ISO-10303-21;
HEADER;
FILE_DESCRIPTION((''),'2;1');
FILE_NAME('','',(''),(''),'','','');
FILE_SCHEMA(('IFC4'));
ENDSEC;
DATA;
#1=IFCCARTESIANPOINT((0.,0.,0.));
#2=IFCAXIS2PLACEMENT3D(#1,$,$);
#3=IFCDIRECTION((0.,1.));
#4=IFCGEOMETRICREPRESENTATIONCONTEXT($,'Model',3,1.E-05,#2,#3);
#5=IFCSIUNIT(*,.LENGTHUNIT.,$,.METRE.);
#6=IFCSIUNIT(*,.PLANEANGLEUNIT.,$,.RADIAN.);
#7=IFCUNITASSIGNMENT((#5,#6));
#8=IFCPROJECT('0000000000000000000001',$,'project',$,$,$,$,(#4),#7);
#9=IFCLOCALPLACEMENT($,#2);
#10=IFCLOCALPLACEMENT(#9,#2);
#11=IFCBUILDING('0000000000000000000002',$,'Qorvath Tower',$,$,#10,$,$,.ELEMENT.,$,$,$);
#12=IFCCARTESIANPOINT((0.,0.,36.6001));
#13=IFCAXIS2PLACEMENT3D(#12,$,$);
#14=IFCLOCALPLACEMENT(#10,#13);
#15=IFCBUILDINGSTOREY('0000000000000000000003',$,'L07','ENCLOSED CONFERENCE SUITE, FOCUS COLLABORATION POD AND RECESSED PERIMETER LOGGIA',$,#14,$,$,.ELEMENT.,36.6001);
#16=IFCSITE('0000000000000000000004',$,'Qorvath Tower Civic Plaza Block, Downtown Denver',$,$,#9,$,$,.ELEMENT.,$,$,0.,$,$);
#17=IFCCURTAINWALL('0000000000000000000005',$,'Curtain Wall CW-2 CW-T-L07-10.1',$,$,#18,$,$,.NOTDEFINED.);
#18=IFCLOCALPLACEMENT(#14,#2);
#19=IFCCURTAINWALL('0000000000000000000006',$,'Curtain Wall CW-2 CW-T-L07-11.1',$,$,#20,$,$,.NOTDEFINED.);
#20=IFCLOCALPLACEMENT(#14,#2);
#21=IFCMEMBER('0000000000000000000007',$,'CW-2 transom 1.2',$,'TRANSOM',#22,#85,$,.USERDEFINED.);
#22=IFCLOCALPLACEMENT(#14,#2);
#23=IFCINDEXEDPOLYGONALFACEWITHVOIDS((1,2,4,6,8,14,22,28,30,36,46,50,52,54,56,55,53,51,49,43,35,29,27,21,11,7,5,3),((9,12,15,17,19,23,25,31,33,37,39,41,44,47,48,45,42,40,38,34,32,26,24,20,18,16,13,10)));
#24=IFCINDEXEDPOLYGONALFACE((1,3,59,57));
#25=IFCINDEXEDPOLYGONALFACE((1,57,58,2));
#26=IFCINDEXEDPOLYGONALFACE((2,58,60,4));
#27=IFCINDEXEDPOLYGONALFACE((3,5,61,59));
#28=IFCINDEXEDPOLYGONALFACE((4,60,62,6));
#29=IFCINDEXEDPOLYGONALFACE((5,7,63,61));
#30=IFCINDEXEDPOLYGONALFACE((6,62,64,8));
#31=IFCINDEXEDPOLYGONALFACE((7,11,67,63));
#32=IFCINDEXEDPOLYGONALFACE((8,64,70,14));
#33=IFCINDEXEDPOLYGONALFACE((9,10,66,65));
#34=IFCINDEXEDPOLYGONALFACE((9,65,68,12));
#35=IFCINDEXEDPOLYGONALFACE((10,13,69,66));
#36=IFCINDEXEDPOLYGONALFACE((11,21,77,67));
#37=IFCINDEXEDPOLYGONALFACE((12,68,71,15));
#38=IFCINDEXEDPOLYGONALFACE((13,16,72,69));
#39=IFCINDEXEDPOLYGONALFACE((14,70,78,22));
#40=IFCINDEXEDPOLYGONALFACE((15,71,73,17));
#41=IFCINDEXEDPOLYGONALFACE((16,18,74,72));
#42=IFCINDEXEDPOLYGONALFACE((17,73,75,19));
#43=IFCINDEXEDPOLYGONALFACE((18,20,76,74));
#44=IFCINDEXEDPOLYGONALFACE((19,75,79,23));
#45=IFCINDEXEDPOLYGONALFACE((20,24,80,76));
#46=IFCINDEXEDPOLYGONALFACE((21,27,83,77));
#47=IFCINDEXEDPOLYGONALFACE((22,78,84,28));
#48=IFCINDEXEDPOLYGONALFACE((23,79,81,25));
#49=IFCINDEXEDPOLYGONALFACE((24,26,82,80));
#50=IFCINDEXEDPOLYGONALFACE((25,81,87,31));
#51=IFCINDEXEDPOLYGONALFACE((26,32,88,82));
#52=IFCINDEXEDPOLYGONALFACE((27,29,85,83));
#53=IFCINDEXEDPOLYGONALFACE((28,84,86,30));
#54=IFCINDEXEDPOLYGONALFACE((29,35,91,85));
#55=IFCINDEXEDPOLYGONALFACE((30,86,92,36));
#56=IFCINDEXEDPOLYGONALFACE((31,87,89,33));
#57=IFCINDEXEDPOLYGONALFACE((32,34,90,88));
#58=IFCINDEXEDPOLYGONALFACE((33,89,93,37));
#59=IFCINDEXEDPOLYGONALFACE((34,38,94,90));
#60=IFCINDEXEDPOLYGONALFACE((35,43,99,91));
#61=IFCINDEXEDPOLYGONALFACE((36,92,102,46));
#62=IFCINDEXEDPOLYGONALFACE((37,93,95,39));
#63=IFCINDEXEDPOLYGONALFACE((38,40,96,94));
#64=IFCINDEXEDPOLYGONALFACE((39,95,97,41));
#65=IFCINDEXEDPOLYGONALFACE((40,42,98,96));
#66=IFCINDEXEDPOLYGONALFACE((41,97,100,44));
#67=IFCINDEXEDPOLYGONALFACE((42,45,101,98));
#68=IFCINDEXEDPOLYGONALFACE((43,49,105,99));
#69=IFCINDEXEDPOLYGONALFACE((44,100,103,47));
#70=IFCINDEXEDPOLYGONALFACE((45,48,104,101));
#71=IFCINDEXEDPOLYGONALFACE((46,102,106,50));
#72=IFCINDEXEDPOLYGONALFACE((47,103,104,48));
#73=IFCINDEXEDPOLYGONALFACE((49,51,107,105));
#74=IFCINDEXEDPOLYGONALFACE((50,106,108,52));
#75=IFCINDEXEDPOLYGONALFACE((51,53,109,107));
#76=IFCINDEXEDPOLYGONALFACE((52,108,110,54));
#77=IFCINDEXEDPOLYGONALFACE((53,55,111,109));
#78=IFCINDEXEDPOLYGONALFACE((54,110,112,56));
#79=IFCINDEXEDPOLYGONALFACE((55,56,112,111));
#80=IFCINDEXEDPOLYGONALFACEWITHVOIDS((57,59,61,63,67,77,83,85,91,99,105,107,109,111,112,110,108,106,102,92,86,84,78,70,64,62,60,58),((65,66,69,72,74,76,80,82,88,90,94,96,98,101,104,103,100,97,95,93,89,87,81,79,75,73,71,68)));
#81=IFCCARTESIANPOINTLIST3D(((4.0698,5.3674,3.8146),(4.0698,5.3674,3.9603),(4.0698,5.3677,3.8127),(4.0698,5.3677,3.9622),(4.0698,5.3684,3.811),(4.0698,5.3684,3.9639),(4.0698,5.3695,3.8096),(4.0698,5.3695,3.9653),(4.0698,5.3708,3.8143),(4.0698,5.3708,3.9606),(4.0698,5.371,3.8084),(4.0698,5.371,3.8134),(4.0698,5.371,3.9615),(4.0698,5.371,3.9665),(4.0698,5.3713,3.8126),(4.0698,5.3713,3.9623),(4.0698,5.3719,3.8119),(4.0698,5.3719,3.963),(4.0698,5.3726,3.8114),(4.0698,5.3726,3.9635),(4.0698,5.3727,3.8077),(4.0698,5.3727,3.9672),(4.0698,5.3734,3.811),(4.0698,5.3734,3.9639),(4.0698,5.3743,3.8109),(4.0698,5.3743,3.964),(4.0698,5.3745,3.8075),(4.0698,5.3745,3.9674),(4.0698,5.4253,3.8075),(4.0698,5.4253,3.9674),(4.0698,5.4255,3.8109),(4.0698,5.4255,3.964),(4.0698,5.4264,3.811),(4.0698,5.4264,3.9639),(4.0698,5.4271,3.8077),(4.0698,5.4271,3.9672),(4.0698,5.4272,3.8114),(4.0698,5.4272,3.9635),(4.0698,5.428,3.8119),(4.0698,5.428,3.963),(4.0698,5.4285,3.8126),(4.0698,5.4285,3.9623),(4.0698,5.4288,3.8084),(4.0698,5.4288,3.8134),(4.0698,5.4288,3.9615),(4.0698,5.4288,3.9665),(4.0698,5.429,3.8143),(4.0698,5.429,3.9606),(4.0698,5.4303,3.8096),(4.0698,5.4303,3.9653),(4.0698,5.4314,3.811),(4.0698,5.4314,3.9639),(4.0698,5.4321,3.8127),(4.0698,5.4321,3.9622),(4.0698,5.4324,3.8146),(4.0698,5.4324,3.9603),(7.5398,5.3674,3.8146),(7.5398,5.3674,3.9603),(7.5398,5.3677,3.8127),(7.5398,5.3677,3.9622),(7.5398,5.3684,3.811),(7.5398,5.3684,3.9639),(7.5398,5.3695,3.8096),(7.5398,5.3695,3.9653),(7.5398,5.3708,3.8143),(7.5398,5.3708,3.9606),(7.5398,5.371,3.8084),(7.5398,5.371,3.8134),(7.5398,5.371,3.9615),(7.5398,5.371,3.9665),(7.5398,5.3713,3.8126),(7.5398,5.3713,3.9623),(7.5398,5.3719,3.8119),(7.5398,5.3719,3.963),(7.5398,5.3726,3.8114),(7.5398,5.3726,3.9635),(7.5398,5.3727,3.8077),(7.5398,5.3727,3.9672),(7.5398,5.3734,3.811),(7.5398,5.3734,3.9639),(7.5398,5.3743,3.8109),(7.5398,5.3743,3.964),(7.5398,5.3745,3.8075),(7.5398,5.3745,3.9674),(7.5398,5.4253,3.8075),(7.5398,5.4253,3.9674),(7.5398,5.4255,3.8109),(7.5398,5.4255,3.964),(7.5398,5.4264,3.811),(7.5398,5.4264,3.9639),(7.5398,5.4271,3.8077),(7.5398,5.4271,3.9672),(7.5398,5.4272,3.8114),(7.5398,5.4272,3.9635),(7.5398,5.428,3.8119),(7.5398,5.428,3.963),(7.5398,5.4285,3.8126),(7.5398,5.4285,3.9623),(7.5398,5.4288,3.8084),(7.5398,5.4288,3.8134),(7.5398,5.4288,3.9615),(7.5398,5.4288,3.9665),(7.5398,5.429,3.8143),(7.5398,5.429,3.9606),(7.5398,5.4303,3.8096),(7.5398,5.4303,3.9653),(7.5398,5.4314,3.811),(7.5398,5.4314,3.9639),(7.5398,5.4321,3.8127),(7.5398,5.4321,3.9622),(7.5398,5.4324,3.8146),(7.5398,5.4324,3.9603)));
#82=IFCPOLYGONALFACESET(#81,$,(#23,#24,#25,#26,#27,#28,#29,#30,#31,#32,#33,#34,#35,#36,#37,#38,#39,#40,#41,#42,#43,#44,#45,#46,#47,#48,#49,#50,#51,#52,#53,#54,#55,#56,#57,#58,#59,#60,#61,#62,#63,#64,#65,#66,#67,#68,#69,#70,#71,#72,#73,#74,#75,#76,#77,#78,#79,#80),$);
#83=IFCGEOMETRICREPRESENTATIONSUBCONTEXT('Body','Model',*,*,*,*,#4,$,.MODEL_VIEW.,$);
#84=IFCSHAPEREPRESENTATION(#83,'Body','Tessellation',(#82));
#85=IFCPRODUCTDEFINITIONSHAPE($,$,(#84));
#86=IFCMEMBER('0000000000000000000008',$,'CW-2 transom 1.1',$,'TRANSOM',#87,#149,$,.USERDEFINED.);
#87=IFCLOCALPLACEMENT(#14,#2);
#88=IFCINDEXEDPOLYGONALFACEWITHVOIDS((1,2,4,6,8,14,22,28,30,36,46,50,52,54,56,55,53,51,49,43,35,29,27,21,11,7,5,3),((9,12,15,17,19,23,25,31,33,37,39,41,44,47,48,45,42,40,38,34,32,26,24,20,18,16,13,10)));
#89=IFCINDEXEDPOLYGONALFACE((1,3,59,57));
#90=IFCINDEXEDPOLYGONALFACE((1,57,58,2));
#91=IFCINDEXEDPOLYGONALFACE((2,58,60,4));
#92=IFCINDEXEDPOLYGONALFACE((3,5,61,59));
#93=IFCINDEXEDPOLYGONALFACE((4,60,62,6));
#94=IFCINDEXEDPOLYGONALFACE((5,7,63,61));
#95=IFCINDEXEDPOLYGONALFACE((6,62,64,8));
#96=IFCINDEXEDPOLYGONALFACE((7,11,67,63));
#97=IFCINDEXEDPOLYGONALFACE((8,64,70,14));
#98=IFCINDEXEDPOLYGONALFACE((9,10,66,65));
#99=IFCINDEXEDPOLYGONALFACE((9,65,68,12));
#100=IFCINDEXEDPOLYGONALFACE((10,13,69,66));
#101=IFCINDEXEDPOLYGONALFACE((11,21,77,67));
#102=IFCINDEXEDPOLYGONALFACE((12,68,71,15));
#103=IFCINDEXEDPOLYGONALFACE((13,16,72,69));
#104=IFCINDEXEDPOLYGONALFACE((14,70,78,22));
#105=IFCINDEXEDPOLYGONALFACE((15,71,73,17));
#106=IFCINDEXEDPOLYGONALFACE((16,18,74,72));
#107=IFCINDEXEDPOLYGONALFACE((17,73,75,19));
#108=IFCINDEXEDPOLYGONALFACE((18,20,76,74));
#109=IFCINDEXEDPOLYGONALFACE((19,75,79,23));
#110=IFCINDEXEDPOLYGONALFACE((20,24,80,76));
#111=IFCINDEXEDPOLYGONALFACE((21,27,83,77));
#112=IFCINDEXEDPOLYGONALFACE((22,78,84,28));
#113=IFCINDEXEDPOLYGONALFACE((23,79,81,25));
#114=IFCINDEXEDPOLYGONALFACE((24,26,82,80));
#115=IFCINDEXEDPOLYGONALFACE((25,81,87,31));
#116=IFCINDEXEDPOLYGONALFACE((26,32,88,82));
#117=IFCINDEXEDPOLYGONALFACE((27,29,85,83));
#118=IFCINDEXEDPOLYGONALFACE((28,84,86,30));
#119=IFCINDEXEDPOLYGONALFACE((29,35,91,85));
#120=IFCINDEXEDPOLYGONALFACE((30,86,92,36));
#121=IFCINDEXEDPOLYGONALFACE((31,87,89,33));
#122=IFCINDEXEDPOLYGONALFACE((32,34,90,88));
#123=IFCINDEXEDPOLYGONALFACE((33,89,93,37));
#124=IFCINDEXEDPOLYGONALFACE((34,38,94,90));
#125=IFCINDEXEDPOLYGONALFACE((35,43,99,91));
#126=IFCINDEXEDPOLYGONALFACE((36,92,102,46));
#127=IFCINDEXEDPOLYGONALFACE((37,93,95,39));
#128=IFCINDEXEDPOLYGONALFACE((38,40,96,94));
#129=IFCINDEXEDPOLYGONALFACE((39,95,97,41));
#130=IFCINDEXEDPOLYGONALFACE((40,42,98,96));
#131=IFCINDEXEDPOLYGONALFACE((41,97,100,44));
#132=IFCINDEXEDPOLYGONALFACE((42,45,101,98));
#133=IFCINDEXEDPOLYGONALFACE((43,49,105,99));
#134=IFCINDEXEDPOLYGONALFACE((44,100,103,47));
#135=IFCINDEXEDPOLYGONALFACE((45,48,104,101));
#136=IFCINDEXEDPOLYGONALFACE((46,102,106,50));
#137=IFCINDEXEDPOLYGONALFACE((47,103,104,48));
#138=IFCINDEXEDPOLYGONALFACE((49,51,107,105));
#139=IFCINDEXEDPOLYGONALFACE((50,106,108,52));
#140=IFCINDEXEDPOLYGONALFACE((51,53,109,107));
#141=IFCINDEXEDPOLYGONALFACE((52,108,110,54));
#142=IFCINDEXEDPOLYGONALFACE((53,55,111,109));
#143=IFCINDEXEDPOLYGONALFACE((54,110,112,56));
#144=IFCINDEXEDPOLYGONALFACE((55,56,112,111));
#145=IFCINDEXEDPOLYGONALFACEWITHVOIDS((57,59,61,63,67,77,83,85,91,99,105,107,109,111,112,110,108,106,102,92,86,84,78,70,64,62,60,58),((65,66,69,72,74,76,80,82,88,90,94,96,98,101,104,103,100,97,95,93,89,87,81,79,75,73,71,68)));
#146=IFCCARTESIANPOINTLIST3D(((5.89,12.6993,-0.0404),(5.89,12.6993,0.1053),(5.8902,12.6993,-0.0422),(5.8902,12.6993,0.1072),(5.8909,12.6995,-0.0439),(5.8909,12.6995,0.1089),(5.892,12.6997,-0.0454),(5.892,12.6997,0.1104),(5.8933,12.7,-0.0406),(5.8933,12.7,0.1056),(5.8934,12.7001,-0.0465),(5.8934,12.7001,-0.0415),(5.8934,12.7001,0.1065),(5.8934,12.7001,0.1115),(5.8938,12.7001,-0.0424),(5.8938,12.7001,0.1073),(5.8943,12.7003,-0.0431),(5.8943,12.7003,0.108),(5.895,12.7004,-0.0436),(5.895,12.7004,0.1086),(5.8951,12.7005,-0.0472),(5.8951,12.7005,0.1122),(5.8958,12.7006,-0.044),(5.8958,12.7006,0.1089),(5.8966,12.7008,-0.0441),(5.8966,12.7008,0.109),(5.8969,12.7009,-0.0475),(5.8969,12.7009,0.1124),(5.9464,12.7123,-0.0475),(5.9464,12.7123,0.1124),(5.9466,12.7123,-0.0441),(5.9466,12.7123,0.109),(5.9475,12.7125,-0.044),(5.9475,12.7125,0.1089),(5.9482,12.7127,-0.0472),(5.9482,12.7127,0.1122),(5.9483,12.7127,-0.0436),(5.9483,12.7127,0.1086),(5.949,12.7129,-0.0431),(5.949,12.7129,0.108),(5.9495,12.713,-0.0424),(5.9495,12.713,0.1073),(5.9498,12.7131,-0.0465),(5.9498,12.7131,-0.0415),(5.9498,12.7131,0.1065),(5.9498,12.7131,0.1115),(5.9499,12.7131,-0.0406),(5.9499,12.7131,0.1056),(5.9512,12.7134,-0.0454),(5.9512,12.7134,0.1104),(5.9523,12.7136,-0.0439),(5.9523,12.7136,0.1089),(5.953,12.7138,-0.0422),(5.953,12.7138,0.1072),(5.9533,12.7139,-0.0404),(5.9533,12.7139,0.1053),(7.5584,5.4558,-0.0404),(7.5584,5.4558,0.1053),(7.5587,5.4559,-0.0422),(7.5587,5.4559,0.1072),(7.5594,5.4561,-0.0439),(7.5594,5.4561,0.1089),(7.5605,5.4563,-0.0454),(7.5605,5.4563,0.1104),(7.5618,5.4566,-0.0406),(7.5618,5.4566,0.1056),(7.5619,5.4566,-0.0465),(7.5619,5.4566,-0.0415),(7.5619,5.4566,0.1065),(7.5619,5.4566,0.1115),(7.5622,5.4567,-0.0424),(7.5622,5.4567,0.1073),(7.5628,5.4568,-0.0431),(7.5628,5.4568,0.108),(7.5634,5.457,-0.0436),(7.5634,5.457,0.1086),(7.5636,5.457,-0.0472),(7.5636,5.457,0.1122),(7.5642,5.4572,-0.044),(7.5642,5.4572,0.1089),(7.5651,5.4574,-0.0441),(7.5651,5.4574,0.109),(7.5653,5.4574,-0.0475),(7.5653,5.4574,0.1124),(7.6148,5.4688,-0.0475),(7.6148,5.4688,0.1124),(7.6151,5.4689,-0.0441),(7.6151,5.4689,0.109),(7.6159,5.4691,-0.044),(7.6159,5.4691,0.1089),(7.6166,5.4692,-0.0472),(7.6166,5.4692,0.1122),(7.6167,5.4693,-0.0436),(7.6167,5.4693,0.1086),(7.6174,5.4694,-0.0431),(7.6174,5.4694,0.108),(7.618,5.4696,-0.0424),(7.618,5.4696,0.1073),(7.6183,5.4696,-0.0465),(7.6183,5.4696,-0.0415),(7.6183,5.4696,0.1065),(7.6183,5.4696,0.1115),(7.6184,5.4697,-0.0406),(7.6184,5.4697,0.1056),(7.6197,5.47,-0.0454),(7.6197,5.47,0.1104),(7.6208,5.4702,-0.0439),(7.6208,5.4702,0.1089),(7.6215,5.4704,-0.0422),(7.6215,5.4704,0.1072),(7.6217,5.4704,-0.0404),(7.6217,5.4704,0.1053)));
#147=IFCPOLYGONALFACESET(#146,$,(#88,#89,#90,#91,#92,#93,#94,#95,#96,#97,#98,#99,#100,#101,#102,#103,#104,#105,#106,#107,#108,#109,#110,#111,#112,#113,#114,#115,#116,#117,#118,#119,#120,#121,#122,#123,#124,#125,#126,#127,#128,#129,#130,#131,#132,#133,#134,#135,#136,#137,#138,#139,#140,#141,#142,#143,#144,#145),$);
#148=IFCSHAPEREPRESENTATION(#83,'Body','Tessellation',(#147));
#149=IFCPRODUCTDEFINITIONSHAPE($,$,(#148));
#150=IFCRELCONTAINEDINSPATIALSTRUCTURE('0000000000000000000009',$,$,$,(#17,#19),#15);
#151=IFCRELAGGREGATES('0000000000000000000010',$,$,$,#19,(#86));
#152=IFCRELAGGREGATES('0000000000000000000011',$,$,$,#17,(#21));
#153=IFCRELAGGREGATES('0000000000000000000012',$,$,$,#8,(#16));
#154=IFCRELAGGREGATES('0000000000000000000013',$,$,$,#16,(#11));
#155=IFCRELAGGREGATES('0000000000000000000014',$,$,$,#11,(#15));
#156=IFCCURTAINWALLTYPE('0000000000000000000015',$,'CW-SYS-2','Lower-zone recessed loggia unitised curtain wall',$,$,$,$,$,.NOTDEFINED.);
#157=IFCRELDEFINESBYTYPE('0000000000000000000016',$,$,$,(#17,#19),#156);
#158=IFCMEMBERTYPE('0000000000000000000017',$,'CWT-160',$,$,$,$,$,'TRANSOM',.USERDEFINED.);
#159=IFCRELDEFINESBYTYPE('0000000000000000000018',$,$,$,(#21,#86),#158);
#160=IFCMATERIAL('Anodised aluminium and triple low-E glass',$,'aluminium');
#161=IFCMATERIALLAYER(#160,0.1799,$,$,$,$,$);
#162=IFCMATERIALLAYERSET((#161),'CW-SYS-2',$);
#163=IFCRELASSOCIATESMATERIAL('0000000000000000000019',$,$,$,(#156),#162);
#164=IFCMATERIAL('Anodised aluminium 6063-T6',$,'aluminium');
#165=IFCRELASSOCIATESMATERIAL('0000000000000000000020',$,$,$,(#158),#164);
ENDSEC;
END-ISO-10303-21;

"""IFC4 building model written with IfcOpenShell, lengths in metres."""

from ifc_helpers import new_model, si_unit, direction, frame, origin, origin_2d, place, context, subcontext, project, spatial, hollow_rectangle, extrude, material, layer, layer_set, material_profile, profile_set, type_object, element, aggregate, save


model = new_model("IFC4")

# Units and contexts
model_context = context("Model", 3, precision=1e-05, world=origin(), true_north=direction((0.0, 1.0)))
body_context = subcontext(model_context, "Body", "Model", "MODEL_VIEW")
ifc_project = project(units=[si_unit("LENGTHUNIT", "METRE"), si_unit("PLANEANGLEUNIT", "RADIAN")], contexts=[model_context])

# Site, building, storey
site_placement = place(None, origin())
site = spatial("IfcSite", under=ifc_project, at=site_placement, Name="Qorvath Tower Civic Plaza Block, Downtown Denver", CompositionType="ELEMENT", RefElevation=0.0)
building_placement = place(site_placement, origin())
building = spatial("IfcBuilding", under=site, at=building_placement, Name="Qorvath Tower", CompositionType="ELEMENT")
storey_placement = place(building_placement, frame((0.0, 0.0, 36.6001)))
storey = spatial("IfcBuildingStorey", under=building, at=storey_placement, Name="L07", Description="ENCLOSED CONFERENCE SUITE, FOCUS COLLABORATION POD AND RECESSED PERIMETER LOGGIA", CompositionType="ELEMENT", Elevation=36.6001)

# Curtain wall
ifc_material_1 = material(Name="Anodised aluminium and triple low-E glass", Category="aluminium")
ifc_layer_1 = layer(ifc_material_1, 0.1799)
ifc_layer_set_1 = layer_set([ifc_layer_1], Name="CW-SYS-2")
curtain_wall_type = type_object("IfcCurtainWallType", Name="CW-SYS-2", Description="Lower-zone recessed loggia unitised curtain wall", PredefinedType="NOTDEFINED", material=ifc_layer_set_1)
curtain_wall_1_placement = place(storey_placement, origin())
curtain_wall_1 = element("IfcCurtainWall", 1, at=curtain_wall_1_placement, inside=storey, type_object=curtain_wall_type, Name="Curtain Wall CW-2 CW-T-L07-10.1", PredefinedType="NOTDEFINED")

# Curtain wall
curtain_wall_2_placement = place(storey_placement, origin())
curtain_wall_2 = element("IfcCurtainWall", 2, at=curtain_wall_2_placement, inside=storey, type_object=curtain_wall_type, Name="Curtain Wall CW-2 CW-T-L07-11.1", PredefinedType="NOTDEFINED")

# Members
ifc_material_2 = material(Name="Anodised aluminium 6063-T6", Category="aluminium")
ifc_material_profile_1 = material_profile(ifc_material_2, hollow_rectangle(XDim=0.0649, YDim=0.1599, WallThickness=0.0034, InnerFilletRadius=0.0034, OuterFilletRadius=0.0071, at=origin_2d()), Name="CWT 160x65")
ifc_profile_set_1 = profile_set([ifc_material_profile_1], Name="Anodised aluminium 6063-T6")
member_type_1 = type_object("IfcMemberType", Name="CWT-160", ElementType="TRANSOM", PredefinedType="USERDEFINED", material=ifc_profile_set_1)
member_1_placement = place(storey_placement, frame((4.0698, 5.3999, 3.8875), z_axis=(1.0, 0.0, 0.0), x_axis=(0.0, 1.0, 0.0)))
member_1 = element("IfcMember", 3, at=member_1_placement, type_object=member_type_1, Name="CW-2 transom 1.2", ObjectType="TRANSOM", PredefinedType="USERDEFINED", context=body_context, shape_type="SweptSolid", body=[
    extrude(hollow_rectangle(XDim=0.0649, YDim=0.1599, WallThickness=0.0034, InnerFilletRadius=0.0034, OuterFilletRadius=0.0071, at=origin_2d()), origin(), (0.0, 0.0, 1.0), 3.47),
])
member_2_placement = place(storey_placement, frame((7.5901, 5.4631, 0.0325), z_axis=(-0.224464, 0.974482, 0.0), x_axis=(-0.974482, -0.224464, 0.0)))
member_2 = element("IfcMember", 4, at=member_2_placement, type_object=member_type_1, Name="CW-2 transom 1.1", ObjectType="TRANSOM", PredefinedType="USERDEFINED", context=body_context, shape_type="SweptSolid", body=[
    extrude(hollow_rectangle(XDim=0.0649, YDim=0.1599, WallThickness=0.0034, InnerFilletRadius=0.0034, OuterFilletRadius=0.0071, at=origin_2d()), origin(), (0.0, 0.0, 1.0), 7.4331),
])
aggregate(curtain_wall_2, [member_2])

aggregate(curtain_wall_1, [member_1])

save(model, "model.ifc")
